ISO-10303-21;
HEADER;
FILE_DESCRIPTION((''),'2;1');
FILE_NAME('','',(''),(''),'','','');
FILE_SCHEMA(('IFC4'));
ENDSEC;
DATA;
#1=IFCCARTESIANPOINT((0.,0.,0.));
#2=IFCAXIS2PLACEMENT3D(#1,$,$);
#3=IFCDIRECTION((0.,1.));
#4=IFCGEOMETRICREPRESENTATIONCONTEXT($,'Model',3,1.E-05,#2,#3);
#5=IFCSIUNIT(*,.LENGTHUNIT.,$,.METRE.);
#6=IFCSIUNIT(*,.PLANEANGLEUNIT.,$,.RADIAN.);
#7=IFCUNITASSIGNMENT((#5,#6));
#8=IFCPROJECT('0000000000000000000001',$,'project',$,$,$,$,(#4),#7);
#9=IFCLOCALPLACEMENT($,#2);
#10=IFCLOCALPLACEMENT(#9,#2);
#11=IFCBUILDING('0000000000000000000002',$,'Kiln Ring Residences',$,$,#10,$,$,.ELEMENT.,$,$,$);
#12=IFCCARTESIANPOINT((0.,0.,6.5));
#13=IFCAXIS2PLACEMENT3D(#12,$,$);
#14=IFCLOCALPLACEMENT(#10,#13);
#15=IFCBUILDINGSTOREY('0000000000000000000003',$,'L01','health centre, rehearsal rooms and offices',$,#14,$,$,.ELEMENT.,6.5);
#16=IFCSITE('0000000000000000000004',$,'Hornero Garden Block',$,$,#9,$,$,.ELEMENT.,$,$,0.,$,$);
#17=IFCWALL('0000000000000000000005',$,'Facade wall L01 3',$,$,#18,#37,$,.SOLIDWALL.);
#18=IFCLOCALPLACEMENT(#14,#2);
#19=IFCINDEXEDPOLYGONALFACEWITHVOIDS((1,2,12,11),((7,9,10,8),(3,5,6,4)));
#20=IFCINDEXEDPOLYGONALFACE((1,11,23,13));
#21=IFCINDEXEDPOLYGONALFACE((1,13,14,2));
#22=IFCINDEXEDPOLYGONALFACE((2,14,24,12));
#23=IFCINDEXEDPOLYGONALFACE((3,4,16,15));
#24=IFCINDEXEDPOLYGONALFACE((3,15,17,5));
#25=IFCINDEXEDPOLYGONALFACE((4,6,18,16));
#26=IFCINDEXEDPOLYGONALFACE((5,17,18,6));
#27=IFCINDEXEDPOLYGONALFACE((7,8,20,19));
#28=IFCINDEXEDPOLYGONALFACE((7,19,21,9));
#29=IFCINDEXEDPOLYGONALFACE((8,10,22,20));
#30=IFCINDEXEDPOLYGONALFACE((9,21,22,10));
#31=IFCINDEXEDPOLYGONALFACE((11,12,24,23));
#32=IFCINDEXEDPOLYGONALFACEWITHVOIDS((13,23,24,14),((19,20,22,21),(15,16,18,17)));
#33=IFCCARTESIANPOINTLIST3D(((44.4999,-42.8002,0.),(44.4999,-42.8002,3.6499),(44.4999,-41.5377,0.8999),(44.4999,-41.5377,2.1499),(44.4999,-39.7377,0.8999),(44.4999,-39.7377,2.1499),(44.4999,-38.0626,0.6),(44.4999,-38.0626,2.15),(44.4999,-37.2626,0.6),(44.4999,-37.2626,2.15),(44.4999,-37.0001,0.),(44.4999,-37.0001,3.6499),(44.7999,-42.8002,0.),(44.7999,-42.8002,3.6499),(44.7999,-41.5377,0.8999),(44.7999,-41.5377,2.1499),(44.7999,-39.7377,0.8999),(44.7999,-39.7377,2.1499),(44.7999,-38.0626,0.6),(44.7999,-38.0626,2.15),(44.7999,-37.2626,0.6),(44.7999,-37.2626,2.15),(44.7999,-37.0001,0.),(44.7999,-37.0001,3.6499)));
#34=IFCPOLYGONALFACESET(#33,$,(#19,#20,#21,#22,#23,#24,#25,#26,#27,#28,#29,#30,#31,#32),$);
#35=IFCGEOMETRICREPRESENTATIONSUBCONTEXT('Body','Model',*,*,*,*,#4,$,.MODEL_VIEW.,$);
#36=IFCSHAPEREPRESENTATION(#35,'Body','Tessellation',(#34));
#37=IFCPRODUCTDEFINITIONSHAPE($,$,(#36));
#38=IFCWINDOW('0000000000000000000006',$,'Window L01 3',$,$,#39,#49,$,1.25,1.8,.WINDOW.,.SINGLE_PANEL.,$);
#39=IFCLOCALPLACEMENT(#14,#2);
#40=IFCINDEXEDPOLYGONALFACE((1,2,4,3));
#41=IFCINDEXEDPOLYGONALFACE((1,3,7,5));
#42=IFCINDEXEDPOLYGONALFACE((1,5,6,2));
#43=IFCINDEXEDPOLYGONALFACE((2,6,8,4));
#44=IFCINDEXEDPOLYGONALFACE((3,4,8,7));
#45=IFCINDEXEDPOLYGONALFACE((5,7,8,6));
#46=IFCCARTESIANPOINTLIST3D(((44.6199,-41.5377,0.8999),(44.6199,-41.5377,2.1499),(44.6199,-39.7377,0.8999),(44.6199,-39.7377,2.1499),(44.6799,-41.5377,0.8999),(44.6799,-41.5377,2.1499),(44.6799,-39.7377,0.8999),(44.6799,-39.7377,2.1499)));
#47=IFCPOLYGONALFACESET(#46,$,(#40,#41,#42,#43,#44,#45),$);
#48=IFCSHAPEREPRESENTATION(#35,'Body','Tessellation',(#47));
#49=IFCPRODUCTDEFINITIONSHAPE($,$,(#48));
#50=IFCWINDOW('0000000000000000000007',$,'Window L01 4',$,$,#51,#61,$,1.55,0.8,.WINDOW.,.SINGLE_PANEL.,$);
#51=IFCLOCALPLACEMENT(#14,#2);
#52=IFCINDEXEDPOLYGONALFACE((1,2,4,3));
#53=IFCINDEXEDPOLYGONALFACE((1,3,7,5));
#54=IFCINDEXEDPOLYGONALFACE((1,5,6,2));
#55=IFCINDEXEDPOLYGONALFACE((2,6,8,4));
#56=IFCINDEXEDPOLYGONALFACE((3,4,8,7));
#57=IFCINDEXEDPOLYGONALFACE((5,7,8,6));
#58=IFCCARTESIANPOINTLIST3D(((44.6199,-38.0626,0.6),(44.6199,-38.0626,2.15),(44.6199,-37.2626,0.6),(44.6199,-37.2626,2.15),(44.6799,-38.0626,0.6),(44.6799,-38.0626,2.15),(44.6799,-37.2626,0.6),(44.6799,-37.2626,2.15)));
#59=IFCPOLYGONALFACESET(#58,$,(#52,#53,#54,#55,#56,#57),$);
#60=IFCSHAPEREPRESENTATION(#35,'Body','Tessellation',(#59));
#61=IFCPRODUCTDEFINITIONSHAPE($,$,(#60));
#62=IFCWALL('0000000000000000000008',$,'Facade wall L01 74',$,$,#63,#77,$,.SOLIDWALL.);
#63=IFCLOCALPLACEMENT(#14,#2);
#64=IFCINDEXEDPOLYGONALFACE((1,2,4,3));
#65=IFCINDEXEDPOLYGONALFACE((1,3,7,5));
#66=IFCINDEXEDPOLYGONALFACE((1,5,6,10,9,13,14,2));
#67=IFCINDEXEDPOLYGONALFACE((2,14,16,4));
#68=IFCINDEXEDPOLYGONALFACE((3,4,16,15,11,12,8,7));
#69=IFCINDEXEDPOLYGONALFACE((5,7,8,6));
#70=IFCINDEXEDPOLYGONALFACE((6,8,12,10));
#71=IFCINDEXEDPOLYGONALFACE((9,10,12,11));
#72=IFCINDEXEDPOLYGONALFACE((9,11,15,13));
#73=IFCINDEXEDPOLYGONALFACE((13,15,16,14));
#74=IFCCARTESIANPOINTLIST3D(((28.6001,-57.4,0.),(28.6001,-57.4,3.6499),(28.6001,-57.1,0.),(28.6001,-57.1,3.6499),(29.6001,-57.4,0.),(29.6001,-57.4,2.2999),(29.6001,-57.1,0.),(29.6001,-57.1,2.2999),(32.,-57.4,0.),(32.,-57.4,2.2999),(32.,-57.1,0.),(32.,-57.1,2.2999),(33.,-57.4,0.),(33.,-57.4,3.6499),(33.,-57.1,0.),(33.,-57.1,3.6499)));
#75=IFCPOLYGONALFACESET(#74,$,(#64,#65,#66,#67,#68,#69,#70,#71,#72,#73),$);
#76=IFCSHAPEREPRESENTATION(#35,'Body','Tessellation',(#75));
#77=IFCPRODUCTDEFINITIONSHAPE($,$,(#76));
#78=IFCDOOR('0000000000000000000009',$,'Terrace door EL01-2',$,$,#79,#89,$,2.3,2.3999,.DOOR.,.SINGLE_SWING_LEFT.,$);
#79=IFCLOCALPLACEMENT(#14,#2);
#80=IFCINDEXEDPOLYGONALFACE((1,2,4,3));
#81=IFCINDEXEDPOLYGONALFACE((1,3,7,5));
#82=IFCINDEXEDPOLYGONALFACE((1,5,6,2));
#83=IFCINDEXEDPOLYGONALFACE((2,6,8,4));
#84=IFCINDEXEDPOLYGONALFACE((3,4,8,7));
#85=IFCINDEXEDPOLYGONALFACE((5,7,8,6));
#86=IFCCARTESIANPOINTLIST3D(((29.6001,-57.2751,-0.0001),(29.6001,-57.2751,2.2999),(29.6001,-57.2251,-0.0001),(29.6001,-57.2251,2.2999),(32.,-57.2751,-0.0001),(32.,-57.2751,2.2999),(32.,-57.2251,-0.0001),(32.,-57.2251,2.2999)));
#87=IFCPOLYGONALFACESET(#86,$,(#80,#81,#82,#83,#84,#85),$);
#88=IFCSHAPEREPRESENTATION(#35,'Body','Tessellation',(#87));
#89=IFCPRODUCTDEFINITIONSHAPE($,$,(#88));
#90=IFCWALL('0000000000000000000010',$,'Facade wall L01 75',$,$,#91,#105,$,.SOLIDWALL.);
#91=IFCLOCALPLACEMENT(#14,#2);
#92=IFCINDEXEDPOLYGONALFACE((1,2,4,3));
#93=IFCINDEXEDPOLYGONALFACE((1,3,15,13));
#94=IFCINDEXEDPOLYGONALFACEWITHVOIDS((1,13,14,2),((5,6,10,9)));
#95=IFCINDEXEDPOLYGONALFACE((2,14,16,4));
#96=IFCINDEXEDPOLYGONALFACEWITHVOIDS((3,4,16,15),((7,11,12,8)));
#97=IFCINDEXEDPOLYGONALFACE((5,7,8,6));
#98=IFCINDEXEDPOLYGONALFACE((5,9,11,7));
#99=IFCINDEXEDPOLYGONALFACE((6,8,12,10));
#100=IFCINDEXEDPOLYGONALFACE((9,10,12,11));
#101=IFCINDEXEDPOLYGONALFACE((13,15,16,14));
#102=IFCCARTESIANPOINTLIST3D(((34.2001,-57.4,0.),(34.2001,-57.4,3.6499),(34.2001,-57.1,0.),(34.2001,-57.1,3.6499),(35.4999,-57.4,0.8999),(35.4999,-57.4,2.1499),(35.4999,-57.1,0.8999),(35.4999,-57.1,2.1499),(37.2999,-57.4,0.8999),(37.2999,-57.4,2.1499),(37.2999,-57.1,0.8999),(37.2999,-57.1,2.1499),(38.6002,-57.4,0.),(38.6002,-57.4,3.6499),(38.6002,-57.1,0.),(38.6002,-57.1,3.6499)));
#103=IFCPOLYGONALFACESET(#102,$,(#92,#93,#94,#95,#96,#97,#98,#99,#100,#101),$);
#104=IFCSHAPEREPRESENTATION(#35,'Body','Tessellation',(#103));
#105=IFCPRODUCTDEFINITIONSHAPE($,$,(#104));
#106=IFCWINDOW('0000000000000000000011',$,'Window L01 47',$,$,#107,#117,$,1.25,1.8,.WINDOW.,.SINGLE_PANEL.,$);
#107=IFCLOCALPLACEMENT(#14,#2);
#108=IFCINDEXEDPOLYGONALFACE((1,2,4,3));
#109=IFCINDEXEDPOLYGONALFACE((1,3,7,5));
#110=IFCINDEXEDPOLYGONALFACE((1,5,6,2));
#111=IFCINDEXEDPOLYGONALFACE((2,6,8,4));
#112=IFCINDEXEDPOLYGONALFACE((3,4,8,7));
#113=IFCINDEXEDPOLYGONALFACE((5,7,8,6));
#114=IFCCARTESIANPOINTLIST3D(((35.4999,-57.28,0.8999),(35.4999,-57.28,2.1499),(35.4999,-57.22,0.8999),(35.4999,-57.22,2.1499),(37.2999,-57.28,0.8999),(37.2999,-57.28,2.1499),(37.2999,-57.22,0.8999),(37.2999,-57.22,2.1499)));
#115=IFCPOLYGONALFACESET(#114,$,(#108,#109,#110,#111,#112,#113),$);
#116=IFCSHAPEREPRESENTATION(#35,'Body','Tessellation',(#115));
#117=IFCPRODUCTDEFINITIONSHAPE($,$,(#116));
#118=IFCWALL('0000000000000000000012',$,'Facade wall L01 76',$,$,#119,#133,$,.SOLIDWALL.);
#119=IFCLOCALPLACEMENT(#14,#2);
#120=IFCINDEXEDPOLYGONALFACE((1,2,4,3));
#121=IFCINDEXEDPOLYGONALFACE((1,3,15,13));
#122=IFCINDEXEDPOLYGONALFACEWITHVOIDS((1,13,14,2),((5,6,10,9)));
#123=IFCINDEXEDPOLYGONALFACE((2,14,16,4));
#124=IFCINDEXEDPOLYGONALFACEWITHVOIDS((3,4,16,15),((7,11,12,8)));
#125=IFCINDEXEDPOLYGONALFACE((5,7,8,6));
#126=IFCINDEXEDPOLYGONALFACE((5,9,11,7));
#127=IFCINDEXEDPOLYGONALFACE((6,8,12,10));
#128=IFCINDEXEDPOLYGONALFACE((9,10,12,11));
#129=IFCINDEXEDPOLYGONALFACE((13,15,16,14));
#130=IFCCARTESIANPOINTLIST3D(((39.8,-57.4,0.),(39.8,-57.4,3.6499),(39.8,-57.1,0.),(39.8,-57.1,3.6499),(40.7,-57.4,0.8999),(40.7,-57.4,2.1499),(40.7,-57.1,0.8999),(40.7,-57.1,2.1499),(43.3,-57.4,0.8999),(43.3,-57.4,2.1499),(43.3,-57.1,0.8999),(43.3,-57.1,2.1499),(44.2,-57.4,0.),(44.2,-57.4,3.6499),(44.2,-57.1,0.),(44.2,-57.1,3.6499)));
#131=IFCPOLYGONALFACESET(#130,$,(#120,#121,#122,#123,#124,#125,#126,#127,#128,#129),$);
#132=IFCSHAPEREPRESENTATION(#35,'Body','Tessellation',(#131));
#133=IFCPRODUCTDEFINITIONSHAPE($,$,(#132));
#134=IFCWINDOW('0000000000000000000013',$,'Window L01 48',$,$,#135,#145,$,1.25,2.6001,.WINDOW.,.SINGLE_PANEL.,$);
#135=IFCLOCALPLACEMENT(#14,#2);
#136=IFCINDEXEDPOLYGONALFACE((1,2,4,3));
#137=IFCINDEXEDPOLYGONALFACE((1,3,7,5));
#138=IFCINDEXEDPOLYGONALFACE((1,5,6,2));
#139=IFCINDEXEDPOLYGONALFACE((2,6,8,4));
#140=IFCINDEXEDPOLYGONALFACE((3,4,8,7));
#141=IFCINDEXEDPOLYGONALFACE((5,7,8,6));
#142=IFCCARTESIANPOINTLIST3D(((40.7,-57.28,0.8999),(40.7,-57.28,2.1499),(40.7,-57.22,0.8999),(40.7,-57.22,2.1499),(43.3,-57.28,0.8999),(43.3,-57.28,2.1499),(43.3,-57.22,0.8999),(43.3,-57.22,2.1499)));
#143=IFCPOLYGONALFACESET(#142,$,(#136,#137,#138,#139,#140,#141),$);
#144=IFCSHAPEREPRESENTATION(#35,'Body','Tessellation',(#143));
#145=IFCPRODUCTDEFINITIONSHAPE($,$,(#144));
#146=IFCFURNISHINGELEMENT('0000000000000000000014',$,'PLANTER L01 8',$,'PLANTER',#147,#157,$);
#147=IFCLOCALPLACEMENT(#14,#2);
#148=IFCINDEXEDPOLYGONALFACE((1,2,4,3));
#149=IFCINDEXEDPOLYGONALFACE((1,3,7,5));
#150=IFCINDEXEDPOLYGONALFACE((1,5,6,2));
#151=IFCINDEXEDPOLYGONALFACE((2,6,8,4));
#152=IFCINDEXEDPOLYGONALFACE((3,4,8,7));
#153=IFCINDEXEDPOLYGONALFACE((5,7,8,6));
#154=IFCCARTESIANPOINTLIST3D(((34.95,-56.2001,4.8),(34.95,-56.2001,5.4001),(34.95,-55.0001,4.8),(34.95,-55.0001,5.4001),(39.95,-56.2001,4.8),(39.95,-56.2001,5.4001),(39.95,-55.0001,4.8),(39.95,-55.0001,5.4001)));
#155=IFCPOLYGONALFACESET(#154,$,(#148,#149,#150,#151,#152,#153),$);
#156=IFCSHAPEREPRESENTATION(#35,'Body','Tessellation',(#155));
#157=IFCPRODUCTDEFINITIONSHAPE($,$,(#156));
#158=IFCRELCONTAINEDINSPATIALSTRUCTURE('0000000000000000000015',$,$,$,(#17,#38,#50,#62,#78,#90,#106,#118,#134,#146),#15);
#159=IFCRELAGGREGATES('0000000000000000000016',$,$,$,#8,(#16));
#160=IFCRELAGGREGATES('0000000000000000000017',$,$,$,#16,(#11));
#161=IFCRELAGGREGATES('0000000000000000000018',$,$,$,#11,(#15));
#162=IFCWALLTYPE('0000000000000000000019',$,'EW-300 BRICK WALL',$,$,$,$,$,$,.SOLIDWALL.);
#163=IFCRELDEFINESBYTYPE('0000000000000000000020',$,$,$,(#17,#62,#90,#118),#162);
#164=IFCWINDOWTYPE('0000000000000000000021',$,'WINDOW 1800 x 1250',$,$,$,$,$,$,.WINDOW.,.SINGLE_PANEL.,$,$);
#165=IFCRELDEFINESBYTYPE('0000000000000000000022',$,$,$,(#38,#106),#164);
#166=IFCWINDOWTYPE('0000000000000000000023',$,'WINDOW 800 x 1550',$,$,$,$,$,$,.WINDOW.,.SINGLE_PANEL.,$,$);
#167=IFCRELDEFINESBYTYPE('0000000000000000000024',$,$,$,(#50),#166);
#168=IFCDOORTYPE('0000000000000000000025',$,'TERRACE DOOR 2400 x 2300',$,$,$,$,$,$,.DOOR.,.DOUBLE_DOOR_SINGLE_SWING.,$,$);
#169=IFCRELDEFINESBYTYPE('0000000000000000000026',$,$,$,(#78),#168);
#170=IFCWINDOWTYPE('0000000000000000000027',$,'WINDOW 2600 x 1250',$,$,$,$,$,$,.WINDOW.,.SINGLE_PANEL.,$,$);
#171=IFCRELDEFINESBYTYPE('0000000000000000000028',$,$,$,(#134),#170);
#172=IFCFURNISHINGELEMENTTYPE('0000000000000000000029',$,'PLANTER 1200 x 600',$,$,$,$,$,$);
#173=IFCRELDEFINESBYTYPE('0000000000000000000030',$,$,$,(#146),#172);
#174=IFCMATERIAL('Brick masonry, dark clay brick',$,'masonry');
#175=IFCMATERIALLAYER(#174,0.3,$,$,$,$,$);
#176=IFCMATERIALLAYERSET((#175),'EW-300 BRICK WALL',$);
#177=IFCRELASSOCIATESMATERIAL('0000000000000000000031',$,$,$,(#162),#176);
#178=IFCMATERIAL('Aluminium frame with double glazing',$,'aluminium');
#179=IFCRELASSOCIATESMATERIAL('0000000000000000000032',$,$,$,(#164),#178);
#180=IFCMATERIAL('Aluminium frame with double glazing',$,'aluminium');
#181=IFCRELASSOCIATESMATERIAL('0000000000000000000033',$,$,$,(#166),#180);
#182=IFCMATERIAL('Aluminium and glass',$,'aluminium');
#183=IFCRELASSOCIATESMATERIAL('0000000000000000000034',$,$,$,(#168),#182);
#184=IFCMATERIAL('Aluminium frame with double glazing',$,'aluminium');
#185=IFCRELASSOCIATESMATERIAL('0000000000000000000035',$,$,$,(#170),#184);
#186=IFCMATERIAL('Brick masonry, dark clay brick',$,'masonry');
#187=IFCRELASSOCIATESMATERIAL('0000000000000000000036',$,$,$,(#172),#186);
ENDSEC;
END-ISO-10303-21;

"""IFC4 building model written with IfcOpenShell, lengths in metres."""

from ifc_helpers import new_model, si_unit, direction, frame, frame_2d, origin, origin_2d, place, context, subcontext, project, spatial, rectangle, extrude, material, layer, layer_set, type_object, element, fill, save


model = new_model("IFC4")

# Units and contexts
model_context = context("Model", 3, precision=1e-05, world=origin(), true_north=direction((0.0, 1.0)))
body_context = subcontext(model_context, "Body", "Model", "MODEL_VIEW")
ifc_project = project(units=[si_unit("LENGTHUNIT", "METRE"), si_unit("PLANEANGLEUNIT", "RADIAN")], contexts=[model_context])

# Site, building, storey
site_placement = place(None, origin())
site = spatial("IfcSite", under=ifc_project, at=site_placement, Name="Hornero Garden Block", CompositionType="ELEMENT", RefElevation=0.0)
building_placement = place(site_placement, origin())
building = spatial("IfcBuilding", under=site, at=building_placement, Name="Kiln Ring Residences", CompositionType="ELEMENT")
storey_placement = place(building_placement, frame((0.0, 0.0, 6.5)))
storey = spatial("IfcBuildingStorey", under=building, at=storey_placement, Name="L01", Description="health centre, rehearsal rooms and offices", CompositionType="ELEMENT", Elevation=6.5)

# Shared definitions
ifc_material_1 = material(Name="Brick masonry, dark clay brick", Category="masonry")
ifc_layer = layer(ifc_material_1, 0.3)
ifc_layer_set = layer_set([ifc_layer], Name="EW-300 BRICK WALL")
wall_type = type_object("IfcWallType", Name="EW-300 BRICK WALL", PredefinedType="SOLIDWALL", material=ifc_layer_set)
ifc_material_2 = material(Name="Aluminium frame with double glazing", Category="aluminium")
window_type_1 = type_object("IfcWindowType", Name="WINDOW 1800 x 1250", PartitioningType="SINGLE_PANEL", PredefinedType="WINDOW", material=ifc_material_2)

# Wall, openings, windows
wall_1_placement = place(storey_placement, frame((44.6499, -42.8, 0.0), z_axis=(0.0, 0.0, 1.0), x_axis=(0.0, 1.0, 0.0)))
wall_1 = element("IfcWall", 1, at=wall_1_placement, inside=storey, type_object=wall_type, Name="Facade wall L01 3", PredefinedType="SOLIDWALL", context=body_context, shape_type="SweptSolid", body=[
    extrude(rectangle(XDim=5.8, YDim=0.3, at=frame_2d((2.8999, 0.0))), origin(), (0.0, 0.0, 1.0), 3.6499),
])
opening_1_placement = place(wall_1_placement, frame((1.2625, 0.0, 0.8999)))
opening_1 = element("IfcOpeningElement", 2, at=opening_1_placement, cuts=wall_1, PredefinedType="OPENING", context=body_context, shape_type="SweptSolid", body=[
    extrude(rectangle(XDim=1.8, YDim=1.25, at=frame_2d((0.8999, 0.625))), frame((0.0, 0.1599, 0.0), z_axis=(0.0, -1.0, 0.0), x_axis=(1.0, 0.0, 0.0)), (0.0, 0.0, 1.0), 0.3201),
])
opening_2_placement = place(wall_1_placement, frame((4.7375, 0.0, 0.6001)))
opening_2 = element("IfcOpeningElement", 3, at=opening_2_placement, cuts=wall_1, PredefinedType="OPENING", context=body_context, shape_type="SweptSolid", body=[
    extrude(rectangle(XDim=0.8, YDim=1.55, at=frame_2d((0.3999, 0.7749))), frame((0.0, 0.1599, 0.0), z_axis=(0.0, -1.0, 0.0), x_axis=(1.0, 0.0, 0.0)), (0.0, 0.0, 1.0), 0.3201),
])
window_1_placement = place(opening_1_placement, origin())
window_1 = element("IfcWindow", 4, at=window_1_placement, inside=storey, type_object=window_type_1, Name="Window L01 3", OverallHeight=1.25, OverallWidth=1.8, PartitioningType="SINGLE_PANEL", PredefinedType="WINDOW", context=body_context, shape_type="SweptSolid", body=[
    extrude(rectangle(XDim=1.8, YDim=1.25, at=frame_2d((0.8999, 0.625))), frame((0.0, 0.03, 0.0), z_axis=(0.0, -1.0, 0.0), x_axis=(1.0, 0.0, 0.0)), (0.0, 0.0, 1.0), 0.0601),
])
fill(opening_1, window_1)
ifc_material_3 = material(Name="Aluminium frame with double glazing", Category="aluminium")
window_type_2 = type_object("IfcWindowType", Name="WINDOW 800 x 1550", PartitioningType="SINGLE_PANEL", PredefinedType="WINDOW", material=ifc_material_3)
window_2_placement = place(opening_2_placement, origin())
window_2 = element("IfcWindow", 5, at=window_2_placement, inside=storey, type_object=window_type_2, Name="Window L01 4", OverallHeight=1.55, OverallWidth=0.8, PartitioningType="SINGLE_PANEL", PredefinedType="WINDOW", context=body_context, shape_type="SweptSolid", body=[
    extrude(rectangle(XDim=0.8, YDim=1.55, at=frame_2d((0.3999, 0.7749))), frame((0.0, 0.03, 0.0), z_axis=(0.0, -1.0, 0.0), x_axis=(1.0, 0.0, 0.0)), (0.0, 0.0, 1.0), 0.0601),
])
fill(opening_2, window_2)

# Wall, opening, door
wall_2_placement = place(storey_placement, frame((28.6001, -57.25, 0.0), z_axis=(0.0, 0.0, 1.0), x_axis=(1.0, 0.0, 0.0)))
wall_2 = element("IfcWall", 6, at=wall_2_placement, inside=storey, type_object=wall_type, Name="Facade wall L01 74", PredefinedType="SOLIDWALL", context=body_context, shape_type="SweptSolid", body=[
    extrude(rectangle(XDim=4.3999, YDim=0.3, at=frame_2d((2.2, 0.0))), origin(), (0.0, 0.0, 1.0), 3.6499),
])
opening_3_placement = place(wall_2_placement, frame((1.0, 0.0, 0.0)))
opening_3 = element("IfcOpeningElement", 7, at=opening_3_placement, cuts=wall_2, PredefinedType="OPENING", context=body_context, shape_type="SweptSolid", body=[
    extrude(rectangle(XDim=2.3999, YDim=2.3, at=frame_2d((1.2, 1.1499))), frame((0.0, 0.1599, 0.0), z_axis=(0.0, -1.0, 0.0), x_axis=(1.0, 0.0, 0.0)), (0.0, 0.0, 1.0), 0.3201),
])
ifc_material_4 = material(Name="Aluminium and glass", Category="aluminium")
door_type = type_object("IfcDoorType", Name="TERRACE DOOR 2400 x 2300", OperationType="DOUBLE_DOOR_SINGLE_SWING", PredefinedType="DOOR", material=ifc_material_4)
door_placement = place(opening_3_placement, origin())
door = element("IfcDoor", 8, at=door_placement, inside=storey, type_object=door_type, Name="Terrace door EL01-2", OperationType="SINGLE_SWING_LEFT", OverallHeight=2.3, OverallWidth=2.3999, PredefinedType="DOOR", context=body_context, shape_type="SweptSolid", body=[
    extrude(rectangle(XDim=2.3999, YDim=2.3, at=frame_2d((1.2, 1.1499))), frame((0.0, 0.0249, 0.0), z_axis=(0.0, -1.0, 0.0), x_axis=(1.0, 0.0, 0.0)), (0.0, 0.0, 1.0), 0.05),
])
fill(opening_3, door)

# Walls, openings, windows
wall_3_placement = place(storey_placement, frame((34.2, -57.25, 0.0), z_axis=(0.0, 0.0, 1.0), x_axis=(1.0, 0.0, 0.0)))
wall_3 = element("IfcWall", 9, at=wall_3_placement, inside=storey, type_object=wall_type, Name="Facade wall L01 75", PredefinedType="SOLIDWALL", context=body_context, shape_type="SweptSolid", body=[
    extrude(rectangle(XDim=4.4001, YDim=0.3, at=frame_2d((2.2002, 0.0))), origin(), (0.0, 0.0, 1.0), 3.6499),
])
opening_4_placement = place(wall_3_placement, frame((1.3, 0.0, 0.8999)))
opening_4 = element("IfcOpeningElement", 10, at=opening_4_placement, cuts=wall_3, PredefinedType="OPENING", context=body_context, shape_type="SweptSolid", body=[
    extrude(rectangle(XDim=1.8, YDim=1.25, at=frame_2d((0.8999, 0.625))), frame((0.0, 0.1599, 0.0), z_axis=(0.0, -1.0, 0.0), x_axis=(1.0, 0.0, 0.0)), (0.0, 0.0, 1.0), 0.3201),
])
window_3_placement = place(opening_4_placement, origin())
window_3 = element("IfcWindow", 11, at=window_3_placement, inside=storey, type_object=window_type_1, Name="Window L01 47", OverallHeight=1.25, OverallWidth=1.8, PartitioningType="SINGLE_PANEL", PredefinedType="WINDOW", context=body_context, shape_type="SweptSolid", body=[
    extrude(rectangle(XDim=1.8, YDim=1.25, at=frame_2d((0.8999, 0.625))), frame((0.0, 0.03, 0.0), z_axis=(0.0, -1.0, 0.0), x_axis=(1.0, 0.0, 0.0)), (0.0, 0.0, 1.0), 0.0601),
])
fill(opening_4, window_3)
wall_4_placement = place(storey_placement, frame((39.8, -57.25, 0.0), z_axis=(0.0, 0.0, 1.0), x_axis=(1.0, 0.0, 0.0)))
wall_4 = element("IfcWall", 12, at=wall_4_placement, inside=storey, type_object=wall_type, Name="Facade wall L01 76", PredefinedType="SOLIDWALL", context=body_context, shape_type="SweptSolid", body=[
    extrude(rectangle(XDim=4.3999, YDim=0.3, at=frame_2d((2.2, 0.0))), origin(), (0.0, 0.0, 1.0), 3.6499),
])
opening_5_placement = place(wall_4_placement, frame((0.8999, 0.0, 0.8999)))
opening_5 = element("IfcOpeningElement", 13, at=opening_5_placement, cuts=wall_4, PredefinedType="OPENING", context=body_context, shape_type="SweptSolid", body=[
    extrude(rectangle(XDim=2.6001, YDim=1.25, at=frame_2d((1.3, 0.625))), frame((0.0, 0.1599, 0.0), z_axis=(0.0, -1.0, 0.0), x_axis=(1.0, 0.0, 0.0)), (0.0, 0.0, 1.0), 0.3201),
])
ifc_material_5 = material(Name="Aluminium frame with double glazing", Category="aluminium")
window_type_3 = type_object("IfcWindowType", Name="WINDOW 2600 x 1250", PartitioningType="SINGLE_PANEL", PredefinedType="WINDOW", material=ifc_material_5)
window_4_placement = place(opening_5_placement, origin())
window_4 = element("IfcWindow", 14, at=window_4_placement, inside=storey, type_object=window_type_3, Name="Window L01 48", OverallHeight=1.25, OverallWidth=2.6001, PartitioningType="SINGLE_PANEL", PredefinedType="WINDOW", context=body_context, shape_type="SweptSolid", body=[
    extrude(rectangle(XDim=2.6001, YDim=1.25, at=frame_2d((1.3, 0.625))), frame((0.0, 0.03, 0.0), z_axis=(0.0, -1.0, 0.0), x_axis=(1.0, 0.0, 0.0)), (0.0, 0.0, 1.0), 0.0601),
])
fill(opening_5, window_4)

# Furnishing element
ifc_material_6 = material(Name="Brick masonry, dark clay brick", Category="masonry")
furnishing_element_type = type_object("IfcFurnishingElementType", Name="PLANTER 1200 x 600", material=ifc_material_6)
furnishing_placement = place(storey_placement, frame((37.45, -55.6001, 4.8), z_axis=(0.0, 0.0, 1.0), x_axis=(1.0, 0.0, 0.0)))
element("IfcFurnishingElement", 15, at=furnishing_placement, inside=storey, type_object=furnishing_element_type, Name="PLANTER L01 8", ObjectType="PLANTER", context=body_context, shape_type="SweptSolid", body=[
    extrude(rectangle(XDim=5.0, YDim=1.2, at=origin_2d()), origin(), (0.0, 0.0, 1.0), 0.6001),
])

save(model, "model.ifc")
